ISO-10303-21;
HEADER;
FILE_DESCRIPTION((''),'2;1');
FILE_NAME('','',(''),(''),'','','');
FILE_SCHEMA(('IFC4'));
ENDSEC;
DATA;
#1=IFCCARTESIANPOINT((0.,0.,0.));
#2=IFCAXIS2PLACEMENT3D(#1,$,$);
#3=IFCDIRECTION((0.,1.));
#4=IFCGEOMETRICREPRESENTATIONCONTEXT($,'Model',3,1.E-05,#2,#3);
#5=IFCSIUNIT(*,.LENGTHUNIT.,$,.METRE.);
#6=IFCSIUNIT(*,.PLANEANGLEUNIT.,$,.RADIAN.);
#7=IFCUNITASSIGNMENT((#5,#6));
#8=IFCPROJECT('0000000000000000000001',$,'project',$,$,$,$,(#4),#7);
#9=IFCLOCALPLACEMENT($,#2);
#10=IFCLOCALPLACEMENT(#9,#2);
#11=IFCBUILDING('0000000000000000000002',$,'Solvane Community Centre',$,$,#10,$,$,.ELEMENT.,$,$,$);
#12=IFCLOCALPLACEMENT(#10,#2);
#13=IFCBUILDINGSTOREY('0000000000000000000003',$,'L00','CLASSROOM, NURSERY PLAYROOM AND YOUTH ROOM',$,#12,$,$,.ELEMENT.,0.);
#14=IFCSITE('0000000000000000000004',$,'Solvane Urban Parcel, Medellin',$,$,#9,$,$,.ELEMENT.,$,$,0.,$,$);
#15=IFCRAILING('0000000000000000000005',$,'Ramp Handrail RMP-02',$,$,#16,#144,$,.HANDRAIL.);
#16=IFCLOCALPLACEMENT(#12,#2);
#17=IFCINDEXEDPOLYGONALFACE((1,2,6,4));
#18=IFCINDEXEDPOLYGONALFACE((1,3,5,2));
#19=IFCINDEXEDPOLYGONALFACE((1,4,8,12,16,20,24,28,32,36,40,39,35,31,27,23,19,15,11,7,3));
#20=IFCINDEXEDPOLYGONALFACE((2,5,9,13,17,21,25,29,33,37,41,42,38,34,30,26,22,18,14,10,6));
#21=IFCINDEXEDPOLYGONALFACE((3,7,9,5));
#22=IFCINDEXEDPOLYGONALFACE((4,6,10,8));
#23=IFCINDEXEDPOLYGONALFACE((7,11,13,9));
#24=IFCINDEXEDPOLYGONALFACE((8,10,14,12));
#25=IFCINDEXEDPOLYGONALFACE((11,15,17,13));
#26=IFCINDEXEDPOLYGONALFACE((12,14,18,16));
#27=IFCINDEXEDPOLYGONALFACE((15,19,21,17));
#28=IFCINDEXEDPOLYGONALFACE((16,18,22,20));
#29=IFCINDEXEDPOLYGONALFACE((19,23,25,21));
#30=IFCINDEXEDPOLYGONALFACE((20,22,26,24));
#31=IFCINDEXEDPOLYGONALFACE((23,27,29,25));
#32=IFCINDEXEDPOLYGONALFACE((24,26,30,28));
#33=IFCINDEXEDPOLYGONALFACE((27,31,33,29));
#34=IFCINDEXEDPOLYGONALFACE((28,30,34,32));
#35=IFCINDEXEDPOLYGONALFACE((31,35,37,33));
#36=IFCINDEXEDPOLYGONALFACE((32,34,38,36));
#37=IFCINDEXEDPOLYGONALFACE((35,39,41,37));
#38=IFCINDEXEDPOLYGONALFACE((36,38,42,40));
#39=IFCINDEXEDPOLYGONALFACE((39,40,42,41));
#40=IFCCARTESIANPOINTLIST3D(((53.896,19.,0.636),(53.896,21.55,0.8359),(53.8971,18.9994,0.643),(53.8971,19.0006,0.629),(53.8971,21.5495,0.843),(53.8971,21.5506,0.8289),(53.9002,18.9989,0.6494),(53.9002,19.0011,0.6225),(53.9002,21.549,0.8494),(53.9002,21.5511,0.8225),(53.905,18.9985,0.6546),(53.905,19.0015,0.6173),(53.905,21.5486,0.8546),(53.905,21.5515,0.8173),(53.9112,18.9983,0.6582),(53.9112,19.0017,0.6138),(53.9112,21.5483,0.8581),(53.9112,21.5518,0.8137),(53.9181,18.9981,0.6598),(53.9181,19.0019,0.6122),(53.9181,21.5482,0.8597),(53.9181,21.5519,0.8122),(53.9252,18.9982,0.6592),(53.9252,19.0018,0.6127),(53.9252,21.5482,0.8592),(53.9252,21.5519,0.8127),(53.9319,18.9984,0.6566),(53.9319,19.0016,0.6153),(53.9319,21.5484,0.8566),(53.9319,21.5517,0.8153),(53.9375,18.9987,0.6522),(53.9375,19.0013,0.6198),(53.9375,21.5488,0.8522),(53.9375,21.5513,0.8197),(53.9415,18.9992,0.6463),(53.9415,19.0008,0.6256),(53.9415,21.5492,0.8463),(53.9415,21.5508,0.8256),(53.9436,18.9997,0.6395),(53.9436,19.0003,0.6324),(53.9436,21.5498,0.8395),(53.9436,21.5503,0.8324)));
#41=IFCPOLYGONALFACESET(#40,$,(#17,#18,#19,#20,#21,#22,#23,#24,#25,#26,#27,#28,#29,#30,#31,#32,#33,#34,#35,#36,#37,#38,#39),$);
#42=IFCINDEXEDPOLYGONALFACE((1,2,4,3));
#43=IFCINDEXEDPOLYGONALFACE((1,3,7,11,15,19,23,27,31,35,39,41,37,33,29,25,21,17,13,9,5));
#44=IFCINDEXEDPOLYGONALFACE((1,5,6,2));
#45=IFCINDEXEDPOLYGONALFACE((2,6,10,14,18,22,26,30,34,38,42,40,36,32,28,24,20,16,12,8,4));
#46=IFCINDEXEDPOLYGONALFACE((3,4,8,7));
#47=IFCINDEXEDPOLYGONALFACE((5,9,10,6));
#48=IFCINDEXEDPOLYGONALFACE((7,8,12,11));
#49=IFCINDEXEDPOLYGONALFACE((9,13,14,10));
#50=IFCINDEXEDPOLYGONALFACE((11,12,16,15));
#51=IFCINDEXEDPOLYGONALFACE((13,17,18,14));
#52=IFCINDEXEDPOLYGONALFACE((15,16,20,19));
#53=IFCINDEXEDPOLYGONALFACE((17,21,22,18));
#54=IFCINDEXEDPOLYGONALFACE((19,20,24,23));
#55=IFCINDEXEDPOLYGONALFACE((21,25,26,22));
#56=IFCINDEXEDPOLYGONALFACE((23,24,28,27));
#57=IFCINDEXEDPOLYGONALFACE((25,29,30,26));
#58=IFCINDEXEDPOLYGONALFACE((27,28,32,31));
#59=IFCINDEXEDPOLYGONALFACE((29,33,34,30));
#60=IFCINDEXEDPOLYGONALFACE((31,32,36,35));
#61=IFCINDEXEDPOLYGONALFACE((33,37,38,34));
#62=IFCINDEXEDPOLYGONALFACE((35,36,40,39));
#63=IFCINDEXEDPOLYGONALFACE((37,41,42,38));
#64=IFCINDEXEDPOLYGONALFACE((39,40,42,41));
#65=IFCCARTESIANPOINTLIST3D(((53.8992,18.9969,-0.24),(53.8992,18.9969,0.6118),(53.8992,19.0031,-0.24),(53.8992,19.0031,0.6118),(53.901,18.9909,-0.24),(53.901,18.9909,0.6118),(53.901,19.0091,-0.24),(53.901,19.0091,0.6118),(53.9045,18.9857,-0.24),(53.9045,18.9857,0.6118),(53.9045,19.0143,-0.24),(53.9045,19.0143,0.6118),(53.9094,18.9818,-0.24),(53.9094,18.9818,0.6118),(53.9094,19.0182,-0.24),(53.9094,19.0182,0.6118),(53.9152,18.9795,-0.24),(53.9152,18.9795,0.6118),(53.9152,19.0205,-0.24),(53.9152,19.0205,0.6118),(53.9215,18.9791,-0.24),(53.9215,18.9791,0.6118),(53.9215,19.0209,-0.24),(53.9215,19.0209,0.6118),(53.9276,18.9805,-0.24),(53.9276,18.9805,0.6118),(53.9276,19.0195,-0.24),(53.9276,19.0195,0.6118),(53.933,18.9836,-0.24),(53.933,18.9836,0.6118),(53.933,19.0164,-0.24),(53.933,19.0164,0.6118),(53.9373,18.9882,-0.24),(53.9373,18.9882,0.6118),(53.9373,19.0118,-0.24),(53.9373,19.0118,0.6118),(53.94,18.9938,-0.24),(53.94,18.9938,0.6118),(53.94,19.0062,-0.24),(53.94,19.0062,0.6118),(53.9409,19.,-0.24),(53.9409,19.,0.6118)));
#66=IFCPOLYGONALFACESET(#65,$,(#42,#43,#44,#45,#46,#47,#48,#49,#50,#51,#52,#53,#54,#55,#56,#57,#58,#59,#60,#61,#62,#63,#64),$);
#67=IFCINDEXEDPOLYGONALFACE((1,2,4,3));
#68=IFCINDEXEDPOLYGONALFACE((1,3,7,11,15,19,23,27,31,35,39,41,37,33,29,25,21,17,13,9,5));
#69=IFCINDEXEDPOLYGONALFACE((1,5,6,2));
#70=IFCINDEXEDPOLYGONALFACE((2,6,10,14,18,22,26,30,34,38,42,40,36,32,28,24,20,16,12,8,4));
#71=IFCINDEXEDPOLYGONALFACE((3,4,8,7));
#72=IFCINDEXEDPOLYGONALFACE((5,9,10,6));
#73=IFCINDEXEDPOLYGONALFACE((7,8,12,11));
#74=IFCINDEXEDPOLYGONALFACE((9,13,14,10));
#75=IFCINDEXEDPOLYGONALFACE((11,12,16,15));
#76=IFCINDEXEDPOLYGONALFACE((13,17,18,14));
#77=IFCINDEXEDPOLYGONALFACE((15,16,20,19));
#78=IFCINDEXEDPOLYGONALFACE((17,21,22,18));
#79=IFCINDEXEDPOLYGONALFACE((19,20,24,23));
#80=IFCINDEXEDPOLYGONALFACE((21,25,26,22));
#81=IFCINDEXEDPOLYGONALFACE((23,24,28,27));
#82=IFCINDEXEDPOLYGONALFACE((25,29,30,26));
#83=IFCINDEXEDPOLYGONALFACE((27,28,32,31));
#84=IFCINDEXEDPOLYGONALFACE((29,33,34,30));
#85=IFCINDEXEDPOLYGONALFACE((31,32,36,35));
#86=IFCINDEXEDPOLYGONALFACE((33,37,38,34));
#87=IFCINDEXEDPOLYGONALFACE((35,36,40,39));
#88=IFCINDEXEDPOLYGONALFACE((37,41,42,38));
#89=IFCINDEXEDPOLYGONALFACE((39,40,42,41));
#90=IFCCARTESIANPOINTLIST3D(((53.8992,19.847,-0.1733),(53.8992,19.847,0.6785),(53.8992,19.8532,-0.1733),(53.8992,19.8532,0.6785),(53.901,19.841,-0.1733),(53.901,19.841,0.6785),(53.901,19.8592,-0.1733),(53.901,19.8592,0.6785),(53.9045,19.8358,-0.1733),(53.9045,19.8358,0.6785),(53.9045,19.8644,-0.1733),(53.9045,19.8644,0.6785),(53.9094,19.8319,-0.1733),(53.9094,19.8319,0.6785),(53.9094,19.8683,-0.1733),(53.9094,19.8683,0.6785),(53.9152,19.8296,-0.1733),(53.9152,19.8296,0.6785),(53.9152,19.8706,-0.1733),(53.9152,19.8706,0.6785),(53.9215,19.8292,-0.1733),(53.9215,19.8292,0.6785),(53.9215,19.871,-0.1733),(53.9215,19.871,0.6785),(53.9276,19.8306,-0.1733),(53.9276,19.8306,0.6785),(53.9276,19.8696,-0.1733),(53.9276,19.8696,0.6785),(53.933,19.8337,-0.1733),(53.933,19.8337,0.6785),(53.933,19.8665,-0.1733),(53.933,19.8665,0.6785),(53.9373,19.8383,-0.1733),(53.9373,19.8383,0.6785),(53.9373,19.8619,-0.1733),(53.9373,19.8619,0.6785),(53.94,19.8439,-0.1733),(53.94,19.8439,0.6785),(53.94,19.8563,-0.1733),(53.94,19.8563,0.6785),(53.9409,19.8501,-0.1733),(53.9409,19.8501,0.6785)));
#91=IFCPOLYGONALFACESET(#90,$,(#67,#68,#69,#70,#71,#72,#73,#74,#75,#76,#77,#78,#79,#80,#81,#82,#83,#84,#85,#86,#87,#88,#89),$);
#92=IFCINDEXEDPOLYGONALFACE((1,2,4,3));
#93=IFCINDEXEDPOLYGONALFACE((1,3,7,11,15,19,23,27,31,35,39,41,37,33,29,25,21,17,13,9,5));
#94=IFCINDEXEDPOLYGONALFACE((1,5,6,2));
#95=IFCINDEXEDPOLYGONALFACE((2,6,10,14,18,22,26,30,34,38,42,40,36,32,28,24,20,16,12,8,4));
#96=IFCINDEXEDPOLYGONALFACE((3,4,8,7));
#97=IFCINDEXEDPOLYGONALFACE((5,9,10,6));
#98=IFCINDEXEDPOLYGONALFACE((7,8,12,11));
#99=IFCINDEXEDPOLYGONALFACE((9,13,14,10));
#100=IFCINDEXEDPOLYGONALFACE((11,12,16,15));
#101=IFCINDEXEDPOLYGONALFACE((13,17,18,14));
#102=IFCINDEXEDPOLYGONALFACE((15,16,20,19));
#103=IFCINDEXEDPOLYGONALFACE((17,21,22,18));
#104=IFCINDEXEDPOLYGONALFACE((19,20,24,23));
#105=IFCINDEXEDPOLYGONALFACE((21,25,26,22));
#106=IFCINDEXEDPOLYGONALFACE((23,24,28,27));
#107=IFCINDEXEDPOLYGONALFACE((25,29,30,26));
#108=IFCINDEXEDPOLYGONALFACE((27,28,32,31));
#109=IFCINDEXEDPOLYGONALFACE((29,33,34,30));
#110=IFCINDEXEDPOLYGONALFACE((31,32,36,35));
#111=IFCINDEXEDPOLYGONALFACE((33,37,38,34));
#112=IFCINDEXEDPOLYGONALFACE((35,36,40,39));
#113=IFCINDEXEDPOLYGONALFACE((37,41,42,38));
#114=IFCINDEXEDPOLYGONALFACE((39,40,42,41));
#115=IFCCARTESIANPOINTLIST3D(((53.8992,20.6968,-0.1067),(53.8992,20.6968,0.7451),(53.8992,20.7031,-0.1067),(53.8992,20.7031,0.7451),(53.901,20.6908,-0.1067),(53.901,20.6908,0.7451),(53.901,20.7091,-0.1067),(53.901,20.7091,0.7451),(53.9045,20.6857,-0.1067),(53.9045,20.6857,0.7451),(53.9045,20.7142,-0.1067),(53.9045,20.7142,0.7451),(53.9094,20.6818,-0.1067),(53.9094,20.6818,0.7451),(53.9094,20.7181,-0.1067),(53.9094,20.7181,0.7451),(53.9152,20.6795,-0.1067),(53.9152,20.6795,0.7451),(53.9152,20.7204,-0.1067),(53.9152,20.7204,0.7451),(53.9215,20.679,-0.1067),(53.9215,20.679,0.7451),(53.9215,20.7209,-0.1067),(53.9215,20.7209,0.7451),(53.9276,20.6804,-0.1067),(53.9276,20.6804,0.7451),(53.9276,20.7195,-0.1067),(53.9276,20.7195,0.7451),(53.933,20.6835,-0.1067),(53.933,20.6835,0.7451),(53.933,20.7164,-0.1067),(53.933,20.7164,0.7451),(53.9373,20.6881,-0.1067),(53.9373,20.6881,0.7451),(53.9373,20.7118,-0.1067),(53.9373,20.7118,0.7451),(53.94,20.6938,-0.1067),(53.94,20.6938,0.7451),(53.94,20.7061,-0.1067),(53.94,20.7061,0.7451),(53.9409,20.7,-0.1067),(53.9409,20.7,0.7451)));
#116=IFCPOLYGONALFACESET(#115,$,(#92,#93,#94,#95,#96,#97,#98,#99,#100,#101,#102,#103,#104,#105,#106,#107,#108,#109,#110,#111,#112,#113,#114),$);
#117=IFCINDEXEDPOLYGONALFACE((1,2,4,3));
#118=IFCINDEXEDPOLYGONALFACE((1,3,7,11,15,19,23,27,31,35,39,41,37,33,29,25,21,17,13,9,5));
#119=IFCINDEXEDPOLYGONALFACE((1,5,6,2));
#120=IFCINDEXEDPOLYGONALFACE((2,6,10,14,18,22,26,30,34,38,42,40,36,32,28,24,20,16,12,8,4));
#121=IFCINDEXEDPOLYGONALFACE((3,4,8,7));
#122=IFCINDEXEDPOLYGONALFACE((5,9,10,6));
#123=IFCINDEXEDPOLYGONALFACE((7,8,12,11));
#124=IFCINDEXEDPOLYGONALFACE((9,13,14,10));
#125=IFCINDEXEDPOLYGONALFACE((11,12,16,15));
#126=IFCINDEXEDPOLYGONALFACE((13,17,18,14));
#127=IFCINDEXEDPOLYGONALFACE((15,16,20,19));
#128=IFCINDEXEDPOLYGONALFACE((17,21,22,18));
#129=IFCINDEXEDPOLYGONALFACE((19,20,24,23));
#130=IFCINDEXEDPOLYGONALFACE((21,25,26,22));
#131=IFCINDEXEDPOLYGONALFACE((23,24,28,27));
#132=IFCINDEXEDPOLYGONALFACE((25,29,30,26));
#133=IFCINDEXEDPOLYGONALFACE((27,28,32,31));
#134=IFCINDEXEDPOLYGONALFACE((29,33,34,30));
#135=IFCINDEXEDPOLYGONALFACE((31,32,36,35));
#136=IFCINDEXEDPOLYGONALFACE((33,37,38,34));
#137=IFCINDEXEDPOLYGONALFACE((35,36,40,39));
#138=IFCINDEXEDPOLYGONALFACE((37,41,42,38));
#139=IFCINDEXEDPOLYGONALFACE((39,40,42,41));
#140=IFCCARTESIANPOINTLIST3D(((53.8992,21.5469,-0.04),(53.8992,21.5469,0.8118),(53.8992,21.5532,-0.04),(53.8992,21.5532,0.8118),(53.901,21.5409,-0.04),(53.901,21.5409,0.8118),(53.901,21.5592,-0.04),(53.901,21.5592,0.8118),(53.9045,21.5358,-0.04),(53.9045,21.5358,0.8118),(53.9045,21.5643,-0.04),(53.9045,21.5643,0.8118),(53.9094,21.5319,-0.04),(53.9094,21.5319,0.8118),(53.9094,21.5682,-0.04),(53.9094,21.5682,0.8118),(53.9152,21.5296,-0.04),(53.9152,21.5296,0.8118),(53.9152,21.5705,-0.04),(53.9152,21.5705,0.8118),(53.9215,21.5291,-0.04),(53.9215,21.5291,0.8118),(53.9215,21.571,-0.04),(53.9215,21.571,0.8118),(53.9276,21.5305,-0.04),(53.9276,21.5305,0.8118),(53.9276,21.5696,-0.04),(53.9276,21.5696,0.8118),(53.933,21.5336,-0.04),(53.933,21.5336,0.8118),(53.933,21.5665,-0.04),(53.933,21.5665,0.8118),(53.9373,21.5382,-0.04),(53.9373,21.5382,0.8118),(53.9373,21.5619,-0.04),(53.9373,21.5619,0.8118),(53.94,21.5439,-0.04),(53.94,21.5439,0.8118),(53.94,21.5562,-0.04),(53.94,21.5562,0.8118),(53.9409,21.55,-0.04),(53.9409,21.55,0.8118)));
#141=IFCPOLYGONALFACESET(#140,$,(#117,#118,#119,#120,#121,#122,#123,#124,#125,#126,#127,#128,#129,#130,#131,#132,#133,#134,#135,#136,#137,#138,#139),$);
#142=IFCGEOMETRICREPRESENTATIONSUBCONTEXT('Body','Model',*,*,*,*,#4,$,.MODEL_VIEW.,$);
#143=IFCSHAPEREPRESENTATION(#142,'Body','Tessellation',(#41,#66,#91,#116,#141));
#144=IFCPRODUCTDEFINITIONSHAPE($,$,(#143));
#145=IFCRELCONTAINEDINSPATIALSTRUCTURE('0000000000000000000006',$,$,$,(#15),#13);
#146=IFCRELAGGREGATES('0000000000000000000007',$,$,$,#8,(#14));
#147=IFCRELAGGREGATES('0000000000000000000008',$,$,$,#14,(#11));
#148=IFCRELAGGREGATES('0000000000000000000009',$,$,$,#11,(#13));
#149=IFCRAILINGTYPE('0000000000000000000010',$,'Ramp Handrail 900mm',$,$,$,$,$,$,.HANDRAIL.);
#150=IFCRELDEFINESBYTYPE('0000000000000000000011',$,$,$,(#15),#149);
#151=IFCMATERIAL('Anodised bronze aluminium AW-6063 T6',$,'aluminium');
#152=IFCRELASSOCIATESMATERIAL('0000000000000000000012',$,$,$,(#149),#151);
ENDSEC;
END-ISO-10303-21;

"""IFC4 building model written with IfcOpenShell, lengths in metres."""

from ifc_helpers import new_model, si_unit, direction, frame, origin, origin_2d, place, context, subcontext, project, spatial, circle, extrude, material, type_object, element, save


model = new_model("IFC4")

# Units and contexts
model_context = context("Model", 3, precision=1e-05, world=origin(), true_north=direction((0.0, 1.0)))
body_context = subcontext(model_context, "Body", "Model", "MODEL_VIEW")
ifc_project = project(units=[si_unit("LENGTHUNIT", "METRE"), si_unit("PLANEANGLEUNIT", "RADIAN")], contexts=[model_context])

# Site, building, storey
site_placement = place(None, origin())
site = spatial("IfcSite", under=ifc_project, at=site_placement, Name="Solvane Urban Parcel, Medellin", CompositionType="ELEMENT", RefElevation=0.0)
building_placement = place(site_placement, origin())
building = spatial("IfcBuilding", under=site, at=building_placement, Name="Solvane Community Centre", CompositionType="ELEMENT")
storey_placement = place(building_placement, origin())
storey = spatial("IfcBuildingStorey", under=building, at=storey_placement, Name="L00", Description="CLASSROOM, NURSERY PLAYROOM AND YOUTH ROOM", CompositionType="ELEMENT", Elevation=0.0)

# Railing
ifc_material_1 = material(Name="Anodised bronze aluminium AW-6063 T6", Category="aluminium")
railing_type = type_object("IfcRailingType", Name="Ramp Handrail 900mm", PredefinedType="HANDRAIL", material=ifc_material_1)
for number, where, name in (
    (1, (53.9199, 19.0, -0.24), "Ramp Handrail RMP-02"),
):
    element("IfcRailing", number, at=place(storey_placement, frame(where)), inside=storey, type_object=railing_type, Name=name, PredefinedType="HANDRAIL", context=body_context, shape_type="SweptSolid", body=[
        extrude(circle(Radius=0.0239, at=origin_2d()), frame((0.0, 0.0, 0.876), z_axis=(0.0, 0.99694, 0.078171), x_axis=(-1.0, 0.0, 0.0)), (0.0, 0.0, 1.0), 2.5579),
        extrude(circle(Radius=0.021, at=origin_2d()), origin(), (0.0, 0.0, 1.0), 0.8518),
        extrude(circle(Radius=0.021, at=origin_2d()), frame((0.0, 0.8501, 0.0667)), (0.0, 0.0, 1.0), 0.8518),
        extrude(circle(Radius=0.021, at=origin_2d()), frame((0.0, 1.7, 0.1333)), (0.0, 0.0, 1.0), 0.8518),
        extrude(circle(Radius=0.021, at=origin_2d()), frame((0.0, 2.55, 0.2)), (0.0, 0.0, 1.0), 0.8518),
    ])

save(model, "model.ifc")
